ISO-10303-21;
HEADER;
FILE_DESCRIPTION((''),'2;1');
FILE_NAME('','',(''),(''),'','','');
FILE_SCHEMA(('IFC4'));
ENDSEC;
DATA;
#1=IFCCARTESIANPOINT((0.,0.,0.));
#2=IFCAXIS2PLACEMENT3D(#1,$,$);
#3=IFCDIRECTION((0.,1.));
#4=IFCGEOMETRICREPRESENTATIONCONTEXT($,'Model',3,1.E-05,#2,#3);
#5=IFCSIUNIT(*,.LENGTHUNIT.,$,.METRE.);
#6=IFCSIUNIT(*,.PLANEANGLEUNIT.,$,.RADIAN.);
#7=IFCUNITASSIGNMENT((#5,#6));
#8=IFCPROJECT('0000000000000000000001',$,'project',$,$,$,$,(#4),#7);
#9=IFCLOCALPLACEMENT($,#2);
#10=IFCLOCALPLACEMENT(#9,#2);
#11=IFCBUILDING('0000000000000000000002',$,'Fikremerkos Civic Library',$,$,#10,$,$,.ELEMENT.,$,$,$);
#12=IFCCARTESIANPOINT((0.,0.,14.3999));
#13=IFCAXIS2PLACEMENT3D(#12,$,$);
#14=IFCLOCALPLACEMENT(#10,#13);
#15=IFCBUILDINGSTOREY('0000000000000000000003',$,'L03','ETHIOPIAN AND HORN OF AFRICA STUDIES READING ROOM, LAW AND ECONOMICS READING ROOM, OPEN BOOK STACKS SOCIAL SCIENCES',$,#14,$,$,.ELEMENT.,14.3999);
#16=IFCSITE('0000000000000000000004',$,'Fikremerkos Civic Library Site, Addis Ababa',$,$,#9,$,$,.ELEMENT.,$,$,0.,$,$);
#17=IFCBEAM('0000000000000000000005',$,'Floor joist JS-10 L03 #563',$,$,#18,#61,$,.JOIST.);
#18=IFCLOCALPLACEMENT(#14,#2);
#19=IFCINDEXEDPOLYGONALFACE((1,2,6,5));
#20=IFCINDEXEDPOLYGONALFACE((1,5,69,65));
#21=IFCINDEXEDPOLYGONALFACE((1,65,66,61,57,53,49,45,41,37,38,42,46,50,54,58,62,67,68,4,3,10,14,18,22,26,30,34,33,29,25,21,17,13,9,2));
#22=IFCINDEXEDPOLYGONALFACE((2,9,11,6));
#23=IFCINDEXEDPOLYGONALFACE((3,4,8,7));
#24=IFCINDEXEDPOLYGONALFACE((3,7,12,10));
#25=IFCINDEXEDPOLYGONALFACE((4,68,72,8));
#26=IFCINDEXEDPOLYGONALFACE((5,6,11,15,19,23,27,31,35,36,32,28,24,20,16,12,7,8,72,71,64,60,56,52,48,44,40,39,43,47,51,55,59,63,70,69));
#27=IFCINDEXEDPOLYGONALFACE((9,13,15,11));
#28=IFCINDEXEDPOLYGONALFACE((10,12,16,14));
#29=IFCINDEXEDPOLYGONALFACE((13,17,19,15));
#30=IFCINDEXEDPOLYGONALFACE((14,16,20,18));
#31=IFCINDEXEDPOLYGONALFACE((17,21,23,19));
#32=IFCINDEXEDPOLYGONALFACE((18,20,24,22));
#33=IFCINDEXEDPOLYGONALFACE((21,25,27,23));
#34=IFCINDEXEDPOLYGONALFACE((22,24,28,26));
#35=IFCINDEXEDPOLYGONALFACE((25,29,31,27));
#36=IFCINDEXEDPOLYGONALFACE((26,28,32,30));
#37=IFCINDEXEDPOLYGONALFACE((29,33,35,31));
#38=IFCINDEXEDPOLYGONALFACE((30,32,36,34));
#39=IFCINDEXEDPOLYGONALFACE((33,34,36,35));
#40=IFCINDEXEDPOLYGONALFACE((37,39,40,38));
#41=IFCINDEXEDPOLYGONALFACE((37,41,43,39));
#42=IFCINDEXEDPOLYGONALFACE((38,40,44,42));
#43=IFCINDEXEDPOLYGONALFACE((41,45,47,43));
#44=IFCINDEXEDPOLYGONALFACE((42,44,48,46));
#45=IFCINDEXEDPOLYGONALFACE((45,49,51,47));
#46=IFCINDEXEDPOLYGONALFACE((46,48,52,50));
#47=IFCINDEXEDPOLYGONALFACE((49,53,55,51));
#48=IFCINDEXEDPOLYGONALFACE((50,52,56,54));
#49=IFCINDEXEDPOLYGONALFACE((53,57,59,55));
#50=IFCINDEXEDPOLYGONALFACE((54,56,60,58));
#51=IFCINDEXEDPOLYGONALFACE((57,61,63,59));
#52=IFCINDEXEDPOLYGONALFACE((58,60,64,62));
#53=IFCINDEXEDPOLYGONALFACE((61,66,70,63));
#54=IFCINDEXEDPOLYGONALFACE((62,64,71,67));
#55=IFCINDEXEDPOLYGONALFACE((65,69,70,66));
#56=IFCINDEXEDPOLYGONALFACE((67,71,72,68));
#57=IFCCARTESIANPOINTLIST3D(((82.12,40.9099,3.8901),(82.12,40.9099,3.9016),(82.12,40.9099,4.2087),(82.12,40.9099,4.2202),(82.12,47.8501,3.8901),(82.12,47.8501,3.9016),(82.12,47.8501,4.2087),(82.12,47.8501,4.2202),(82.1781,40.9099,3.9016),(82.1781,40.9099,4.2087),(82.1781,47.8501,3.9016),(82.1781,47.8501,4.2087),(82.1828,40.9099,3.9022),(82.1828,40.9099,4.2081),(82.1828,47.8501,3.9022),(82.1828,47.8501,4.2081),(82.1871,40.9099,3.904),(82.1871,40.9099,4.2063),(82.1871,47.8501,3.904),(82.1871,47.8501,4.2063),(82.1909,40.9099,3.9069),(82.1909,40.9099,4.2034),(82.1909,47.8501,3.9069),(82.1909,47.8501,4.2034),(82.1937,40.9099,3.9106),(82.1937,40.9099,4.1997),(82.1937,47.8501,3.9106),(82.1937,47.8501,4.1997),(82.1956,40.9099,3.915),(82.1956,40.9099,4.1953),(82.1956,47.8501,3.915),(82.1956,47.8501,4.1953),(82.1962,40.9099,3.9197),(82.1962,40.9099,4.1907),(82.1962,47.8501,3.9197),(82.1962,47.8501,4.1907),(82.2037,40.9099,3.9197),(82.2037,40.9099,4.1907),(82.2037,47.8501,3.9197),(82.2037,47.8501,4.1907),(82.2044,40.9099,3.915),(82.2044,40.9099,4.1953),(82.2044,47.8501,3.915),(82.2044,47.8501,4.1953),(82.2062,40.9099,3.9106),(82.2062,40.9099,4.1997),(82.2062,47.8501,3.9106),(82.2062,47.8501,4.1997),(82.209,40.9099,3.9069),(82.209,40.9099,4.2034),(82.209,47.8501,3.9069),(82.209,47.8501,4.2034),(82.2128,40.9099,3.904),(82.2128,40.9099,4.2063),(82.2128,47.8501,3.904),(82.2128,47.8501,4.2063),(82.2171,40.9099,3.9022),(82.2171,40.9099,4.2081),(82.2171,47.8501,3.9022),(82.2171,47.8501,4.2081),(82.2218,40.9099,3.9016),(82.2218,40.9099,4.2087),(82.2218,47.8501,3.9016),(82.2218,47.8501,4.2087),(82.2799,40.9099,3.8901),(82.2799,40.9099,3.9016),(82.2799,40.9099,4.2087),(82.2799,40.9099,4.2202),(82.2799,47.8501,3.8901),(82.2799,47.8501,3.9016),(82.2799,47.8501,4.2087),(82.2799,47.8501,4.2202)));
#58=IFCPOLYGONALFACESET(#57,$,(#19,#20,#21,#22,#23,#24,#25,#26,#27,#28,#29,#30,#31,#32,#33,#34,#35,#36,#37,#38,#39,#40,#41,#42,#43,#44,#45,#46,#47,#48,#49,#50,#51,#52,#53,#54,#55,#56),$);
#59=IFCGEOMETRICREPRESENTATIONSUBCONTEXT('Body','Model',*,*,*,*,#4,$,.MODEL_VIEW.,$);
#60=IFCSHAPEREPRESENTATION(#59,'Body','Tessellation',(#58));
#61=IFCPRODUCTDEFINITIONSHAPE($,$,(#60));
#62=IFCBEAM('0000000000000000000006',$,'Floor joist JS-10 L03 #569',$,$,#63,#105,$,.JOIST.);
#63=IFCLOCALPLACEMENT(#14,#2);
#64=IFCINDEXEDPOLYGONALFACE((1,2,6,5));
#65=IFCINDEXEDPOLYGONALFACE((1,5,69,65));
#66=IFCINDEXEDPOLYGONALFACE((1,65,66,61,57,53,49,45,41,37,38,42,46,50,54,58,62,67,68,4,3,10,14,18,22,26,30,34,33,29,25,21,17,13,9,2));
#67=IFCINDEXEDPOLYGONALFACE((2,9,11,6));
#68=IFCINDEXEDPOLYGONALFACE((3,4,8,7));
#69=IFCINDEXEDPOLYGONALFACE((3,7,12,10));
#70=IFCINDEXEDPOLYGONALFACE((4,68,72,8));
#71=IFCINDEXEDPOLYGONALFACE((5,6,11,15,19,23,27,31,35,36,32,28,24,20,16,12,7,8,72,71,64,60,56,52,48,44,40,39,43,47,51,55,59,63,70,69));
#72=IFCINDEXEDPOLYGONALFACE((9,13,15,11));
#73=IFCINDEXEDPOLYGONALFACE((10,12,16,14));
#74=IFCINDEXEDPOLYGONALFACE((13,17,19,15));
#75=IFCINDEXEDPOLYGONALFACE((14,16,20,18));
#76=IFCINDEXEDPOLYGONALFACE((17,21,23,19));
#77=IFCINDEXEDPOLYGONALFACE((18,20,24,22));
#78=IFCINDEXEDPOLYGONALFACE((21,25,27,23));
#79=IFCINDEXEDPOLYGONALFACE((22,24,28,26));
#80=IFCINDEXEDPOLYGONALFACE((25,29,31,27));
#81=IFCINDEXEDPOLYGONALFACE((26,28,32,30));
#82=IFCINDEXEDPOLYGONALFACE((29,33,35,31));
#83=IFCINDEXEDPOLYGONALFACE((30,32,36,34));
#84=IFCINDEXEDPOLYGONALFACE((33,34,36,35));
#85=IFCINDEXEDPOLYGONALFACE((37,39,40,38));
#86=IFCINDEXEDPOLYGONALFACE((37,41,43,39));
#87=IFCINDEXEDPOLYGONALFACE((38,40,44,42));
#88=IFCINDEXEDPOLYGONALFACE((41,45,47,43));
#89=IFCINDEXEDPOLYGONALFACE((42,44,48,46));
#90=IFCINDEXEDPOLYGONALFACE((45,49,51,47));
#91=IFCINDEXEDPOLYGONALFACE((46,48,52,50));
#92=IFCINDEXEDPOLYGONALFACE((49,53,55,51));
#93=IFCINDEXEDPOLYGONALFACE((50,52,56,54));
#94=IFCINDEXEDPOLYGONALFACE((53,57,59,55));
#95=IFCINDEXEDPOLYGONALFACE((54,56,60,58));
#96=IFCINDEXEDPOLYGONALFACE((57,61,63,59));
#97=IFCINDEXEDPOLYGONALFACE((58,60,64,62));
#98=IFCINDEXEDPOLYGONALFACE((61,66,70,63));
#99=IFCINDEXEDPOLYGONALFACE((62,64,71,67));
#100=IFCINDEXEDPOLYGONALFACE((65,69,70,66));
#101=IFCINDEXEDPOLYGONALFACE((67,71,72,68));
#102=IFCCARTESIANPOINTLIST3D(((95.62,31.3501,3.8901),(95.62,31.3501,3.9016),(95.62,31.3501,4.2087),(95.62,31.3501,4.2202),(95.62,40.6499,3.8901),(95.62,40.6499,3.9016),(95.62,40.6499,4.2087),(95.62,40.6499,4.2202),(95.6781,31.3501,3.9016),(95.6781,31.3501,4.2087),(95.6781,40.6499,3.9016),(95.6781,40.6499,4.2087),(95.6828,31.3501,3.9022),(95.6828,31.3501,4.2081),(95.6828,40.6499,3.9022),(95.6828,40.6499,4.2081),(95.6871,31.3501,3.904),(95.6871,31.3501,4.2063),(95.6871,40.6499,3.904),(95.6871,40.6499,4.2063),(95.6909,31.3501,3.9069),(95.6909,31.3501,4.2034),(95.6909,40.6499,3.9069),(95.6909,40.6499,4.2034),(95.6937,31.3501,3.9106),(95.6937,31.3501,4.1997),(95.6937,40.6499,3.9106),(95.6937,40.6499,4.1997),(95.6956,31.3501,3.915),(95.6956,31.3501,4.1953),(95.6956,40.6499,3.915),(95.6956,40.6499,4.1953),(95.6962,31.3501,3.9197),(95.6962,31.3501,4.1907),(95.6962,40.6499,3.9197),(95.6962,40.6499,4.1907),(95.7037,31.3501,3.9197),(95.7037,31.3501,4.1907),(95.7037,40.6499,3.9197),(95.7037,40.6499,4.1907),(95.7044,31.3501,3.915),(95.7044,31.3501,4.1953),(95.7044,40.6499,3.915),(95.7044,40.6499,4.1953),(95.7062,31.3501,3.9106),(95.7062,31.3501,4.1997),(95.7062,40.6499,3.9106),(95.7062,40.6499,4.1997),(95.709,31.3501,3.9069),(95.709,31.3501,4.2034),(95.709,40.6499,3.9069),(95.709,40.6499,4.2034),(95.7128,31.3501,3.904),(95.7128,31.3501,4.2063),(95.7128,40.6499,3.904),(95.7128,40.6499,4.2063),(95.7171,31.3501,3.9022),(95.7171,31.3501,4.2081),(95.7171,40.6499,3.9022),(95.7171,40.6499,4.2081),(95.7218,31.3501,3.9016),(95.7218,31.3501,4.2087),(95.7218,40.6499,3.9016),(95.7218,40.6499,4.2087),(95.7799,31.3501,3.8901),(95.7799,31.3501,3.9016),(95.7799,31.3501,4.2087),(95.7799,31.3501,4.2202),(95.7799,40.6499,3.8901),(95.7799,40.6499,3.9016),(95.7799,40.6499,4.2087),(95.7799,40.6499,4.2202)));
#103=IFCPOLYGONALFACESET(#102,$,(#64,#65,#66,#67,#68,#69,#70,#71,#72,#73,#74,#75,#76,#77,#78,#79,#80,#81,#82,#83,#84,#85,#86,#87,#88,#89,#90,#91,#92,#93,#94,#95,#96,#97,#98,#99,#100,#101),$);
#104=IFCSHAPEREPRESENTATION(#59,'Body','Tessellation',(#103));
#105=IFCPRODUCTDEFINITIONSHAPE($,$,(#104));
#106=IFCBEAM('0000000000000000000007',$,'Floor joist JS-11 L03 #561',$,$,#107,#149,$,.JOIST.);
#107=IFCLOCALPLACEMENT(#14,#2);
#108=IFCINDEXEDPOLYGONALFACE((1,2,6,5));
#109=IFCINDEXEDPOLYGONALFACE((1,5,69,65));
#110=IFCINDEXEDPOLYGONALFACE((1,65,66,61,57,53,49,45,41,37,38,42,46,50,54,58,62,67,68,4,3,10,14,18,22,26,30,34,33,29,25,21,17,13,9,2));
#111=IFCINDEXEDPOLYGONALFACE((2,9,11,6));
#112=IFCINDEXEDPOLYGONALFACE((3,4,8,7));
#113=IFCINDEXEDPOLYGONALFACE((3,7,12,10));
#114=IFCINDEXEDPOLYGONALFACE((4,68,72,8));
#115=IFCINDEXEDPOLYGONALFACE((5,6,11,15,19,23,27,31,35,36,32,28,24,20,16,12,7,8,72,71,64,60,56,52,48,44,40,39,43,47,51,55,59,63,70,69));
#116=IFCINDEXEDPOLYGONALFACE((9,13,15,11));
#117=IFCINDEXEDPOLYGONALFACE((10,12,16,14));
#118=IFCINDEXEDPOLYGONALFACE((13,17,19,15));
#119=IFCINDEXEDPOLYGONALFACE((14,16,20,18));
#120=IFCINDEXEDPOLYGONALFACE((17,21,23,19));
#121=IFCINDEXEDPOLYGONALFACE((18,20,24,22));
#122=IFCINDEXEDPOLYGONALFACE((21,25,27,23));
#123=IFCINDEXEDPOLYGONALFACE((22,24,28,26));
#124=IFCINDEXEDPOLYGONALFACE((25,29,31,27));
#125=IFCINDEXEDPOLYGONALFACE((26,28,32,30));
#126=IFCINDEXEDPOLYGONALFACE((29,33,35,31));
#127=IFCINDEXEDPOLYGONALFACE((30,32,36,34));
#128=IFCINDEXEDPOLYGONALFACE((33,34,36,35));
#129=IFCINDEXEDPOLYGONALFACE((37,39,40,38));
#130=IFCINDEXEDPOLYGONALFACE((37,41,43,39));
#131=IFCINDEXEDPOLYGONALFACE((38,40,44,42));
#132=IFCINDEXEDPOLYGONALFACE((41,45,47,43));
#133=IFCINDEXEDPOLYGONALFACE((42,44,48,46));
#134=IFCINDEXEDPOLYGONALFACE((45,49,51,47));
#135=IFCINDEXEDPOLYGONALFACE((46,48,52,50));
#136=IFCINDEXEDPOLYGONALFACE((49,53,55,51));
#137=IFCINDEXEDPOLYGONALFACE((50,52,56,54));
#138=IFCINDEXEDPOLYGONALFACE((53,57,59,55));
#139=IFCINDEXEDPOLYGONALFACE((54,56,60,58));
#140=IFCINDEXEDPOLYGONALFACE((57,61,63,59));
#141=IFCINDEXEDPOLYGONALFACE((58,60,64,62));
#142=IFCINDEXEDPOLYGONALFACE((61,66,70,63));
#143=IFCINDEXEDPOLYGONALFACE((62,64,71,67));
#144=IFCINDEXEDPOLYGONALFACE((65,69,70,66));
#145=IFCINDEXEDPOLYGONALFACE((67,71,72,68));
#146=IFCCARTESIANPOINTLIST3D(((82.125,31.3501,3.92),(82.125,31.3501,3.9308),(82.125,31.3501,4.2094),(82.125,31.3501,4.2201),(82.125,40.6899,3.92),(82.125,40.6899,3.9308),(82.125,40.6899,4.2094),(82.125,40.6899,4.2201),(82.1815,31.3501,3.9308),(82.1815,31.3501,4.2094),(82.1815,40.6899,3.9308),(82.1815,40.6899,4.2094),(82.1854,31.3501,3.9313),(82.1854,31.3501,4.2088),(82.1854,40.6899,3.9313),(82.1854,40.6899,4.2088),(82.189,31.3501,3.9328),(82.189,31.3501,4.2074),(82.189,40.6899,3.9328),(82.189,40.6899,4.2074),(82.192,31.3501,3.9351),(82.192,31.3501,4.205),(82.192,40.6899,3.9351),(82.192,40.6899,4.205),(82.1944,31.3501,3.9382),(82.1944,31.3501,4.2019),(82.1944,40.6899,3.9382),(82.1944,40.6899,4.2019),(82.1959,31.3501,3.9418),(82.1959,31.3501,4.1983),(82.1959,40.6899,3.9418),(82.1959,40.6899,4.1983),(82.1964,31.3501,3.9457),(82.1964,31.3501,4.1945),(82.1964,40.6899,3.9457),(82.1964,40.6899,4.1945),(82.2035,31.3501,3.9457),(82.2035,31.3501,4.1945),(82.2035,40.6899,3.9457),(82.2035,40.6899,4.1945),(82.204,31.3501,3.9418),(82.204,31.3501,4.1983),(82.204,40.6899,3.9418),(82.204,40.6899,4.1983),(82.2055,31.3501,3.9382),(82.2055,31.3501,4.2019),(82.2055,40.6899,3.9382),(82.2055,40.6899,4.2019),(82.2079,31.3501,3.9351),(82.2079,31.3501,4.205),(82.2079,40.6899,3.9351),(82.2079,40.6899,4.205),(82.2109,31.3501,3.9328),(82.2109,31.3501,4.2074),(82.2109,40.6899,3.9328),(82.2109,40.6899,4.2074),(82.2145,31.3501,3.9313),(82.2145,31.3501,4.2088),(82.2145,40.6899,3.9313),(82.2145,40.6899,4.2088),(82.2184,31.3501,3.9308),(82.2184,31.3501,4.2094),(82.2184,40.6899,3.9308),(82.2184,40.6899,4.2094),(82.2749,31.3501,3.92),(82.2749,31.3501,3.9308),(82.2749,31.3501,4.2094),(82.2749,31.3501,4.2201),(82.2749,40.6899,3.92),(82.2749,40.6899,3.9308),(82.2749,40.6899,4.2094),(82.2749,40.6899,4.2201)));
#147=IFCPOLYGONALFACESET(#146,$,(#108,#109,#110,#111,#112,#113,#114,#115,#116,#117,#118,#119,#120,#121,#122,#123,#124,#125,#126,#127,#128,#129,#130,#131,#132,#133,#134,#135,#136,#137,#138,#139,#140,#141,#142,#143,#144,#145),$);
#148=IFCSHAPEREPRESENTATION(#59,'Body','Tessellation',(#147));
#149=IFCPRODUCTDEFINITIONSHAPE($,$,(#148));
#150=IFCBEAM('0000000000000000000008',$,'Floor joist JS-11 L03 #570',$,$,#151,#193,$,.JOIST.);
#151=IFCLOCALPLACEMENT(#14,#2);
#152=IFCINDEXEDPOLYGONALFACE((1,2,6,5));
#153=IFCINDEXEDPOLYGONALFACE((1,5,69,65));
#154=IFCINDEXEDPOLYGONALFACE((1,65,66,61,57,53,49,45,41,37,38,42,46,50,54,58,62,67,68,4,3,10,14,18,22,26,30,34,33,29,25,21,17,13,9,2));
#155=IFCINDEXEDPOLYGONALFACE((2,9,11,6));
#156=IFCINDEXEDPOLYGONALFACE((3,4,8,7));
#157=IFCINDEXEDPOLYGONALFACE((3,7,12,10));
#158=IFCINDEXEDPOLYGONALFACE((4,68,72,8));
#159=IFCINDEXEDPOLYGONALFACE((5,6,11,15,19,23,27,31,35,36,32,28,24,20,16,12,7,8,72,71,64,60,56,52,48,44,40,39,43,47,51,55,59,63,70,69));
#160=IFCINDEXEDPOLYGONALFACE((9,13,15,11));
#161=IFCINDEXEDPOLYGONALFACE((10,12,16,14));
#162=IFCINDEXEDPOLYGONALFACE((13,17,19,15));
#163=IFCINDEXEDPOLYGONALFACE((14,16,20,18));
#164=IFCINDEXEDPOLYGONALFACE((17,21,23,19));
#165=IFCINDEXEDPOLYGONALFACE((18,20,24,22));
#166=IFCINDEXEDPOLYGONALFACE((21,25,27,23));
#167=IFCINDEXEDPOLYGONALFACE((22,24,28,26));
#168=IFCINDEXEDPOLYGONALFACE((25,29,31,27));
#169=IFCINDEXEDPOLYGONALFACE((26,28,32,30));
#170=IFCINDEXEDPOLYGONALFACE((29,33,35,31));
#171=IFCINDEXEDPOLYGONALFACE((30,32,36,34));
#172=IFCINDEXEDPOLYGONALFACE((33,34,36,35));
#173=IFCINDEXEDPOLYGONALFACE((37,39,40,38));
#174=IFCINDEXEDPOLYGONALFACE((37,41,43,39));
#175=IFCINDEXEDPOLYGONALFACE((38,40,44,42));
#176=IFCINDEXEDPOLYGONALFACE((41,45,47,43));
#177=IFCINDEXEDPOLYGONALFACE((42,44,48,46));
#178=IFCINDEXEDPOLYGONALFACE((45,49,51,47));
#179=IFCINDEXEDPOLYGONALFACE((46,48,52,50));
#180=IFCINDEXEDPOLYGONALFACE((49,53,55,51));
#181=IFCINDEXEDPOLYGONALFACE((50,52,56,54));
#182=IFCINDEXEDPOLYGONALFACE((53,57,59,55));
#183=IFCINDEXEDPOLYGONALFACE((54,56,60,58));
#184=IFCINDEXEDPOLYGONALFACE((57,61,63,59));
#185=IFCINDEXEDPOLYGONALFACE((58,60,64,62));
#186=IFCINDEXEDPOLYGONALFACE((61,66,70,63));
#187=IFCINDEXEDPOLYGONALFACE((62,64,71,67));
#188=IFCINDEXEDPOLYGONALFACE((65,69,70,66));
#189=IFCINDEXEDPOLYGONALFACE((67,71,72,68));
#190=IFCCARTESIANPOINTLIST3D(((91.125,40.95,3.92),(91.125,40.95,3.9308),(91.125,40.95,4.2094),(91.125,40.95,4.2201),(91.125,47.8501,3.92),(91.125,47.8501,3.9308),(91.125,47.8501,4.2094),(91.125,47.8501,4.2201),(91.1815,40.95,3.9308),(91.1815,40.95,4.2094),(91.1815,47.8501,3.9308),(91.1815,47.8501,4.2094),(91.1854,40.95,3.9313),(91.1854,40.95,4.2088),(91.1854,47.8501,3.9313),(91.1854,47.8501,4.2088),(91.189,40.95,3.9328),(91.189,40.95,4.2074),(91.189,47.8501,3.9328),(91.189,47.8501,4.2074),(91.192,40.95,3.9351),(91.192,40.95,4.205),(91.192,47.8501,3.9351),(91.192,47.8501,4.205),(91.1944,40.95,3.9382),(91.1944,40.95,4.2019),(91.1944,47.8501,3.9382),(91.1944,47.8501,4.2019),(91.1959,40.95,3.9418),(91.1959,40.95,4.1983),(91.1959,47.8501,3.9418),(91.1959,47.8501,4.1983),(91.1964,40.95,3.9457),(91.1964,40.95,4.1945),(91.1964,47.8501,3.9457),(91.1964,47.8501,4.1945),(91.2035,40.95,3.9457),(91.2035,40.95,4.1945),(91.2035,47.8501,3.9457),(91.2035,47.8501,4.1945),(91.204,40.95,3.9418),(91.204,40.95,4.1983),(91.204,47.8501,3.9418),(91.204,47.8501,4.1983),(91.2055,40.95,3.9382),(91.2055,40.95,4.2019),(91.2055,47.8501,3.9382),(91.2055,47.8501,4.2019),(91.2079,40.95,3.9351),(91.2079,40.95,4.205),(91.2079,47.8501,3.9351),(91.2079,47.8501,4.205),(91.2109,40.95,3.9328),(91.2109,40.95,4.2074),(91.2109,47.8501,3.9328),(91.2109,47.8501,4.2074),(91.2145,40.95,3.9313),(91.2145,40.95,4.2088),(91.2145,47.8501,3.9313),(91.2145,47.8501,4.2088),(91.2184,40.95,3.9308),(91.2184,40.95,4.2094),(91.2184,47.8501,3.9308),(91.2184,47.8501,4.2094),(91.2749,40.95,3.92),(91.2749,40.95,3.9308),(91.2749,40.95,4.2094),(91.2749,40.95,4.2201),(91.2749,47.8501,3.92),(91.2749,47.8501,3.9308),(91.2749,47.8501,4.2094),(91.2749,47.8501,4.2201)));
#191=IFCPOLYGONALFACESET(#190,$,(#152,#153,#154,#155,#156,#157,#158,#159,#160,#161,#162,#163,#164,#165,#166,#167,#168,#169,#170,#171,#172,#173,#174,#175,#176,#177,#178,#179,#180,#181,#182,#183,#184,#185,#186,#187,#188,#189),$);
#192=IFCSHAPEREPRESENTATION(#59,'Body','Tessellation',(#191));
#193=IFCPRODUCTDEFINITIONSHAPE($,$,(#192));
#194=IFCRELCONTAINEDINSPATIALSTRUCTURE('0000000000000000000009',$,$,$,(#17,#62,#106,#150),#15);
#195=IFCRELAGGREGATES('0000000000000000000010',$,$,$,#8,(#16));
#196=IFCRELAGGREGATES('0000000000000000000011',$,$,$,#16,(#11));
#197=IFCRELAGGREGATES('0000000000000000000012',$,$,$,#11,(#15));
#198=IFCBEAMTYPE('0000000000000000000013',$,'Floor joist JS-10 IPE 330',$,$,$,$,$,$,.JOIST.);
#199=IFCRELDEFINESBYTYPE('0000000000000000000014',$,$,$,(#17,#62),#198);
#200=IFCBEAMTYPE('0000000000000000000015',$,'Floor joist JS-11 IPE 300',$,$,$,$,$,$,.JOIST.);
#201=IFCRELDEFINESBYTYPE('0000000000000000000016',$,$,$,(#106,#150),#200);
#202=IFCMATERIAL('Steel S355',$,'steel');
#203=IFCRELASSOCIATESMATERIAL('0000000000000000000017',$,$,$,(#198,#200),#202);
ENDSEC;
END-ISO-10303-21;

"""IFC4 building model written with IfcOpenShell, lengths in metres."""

from ifc_helpers import new_model, si_unit, direction, frame, origin, origin_2d, place, context, subcontext, project, spatial, i_section, extrude, material, material_profile, profile_set, type_object, element, save


model = new_model("IFC4")

# Units and contexts
model_context = context("Model", 3, precision=1e-05, world=origin(), true_north=direction((0.0, 1.0)))
body_context = subcontext(model_context, "Body", "Model", "MODEL_VIEW")
ifc_project = project(units=[si_unit("LENGTHUNIT", "METRE"), si_unit("PLANEANGLEUNIT", "RADIAN")], contexts=[model_context])

# Site, building, storey
site_placement = place(None, origin())
site = spatial("IfcSite", under=ifc_project, at=site_placement, Name="Fikremerkos Civic Library Site, Addis Ababa", CompositionType="ELEMENT", RefElevation=0.0)
building_placement = place(site_placement, origin())
building = spatial("IfcBuilding", under=site, at=building_placement, Name="Fikremerkos Civic Library", CompositionType="ELEMENT")
storey_placement = place(building_placement, frame((0.0, 0.0, 14.3999)))
storey = spatial("IfcBuildingStorey", under=building, at=storey_placement, Name="L03", Description="ETHIOPIAN AND HORN OF AFRICA STUDIES READING ROOM, LAW AND ECONOMICS READING ROOM, OPEN BOOK STACKS SOCIAL SCIENCES", CompositionType="ELEMENT", Elevation=14.3999)

# Shared definitions
ifc_material_1 = material(Name="Steel S355", Category="steel")

# Beams
ifc_material_profile_1 = material_profile(ifc_material_1, i_section(OverallWidth=0.1599, OverallDepth=0.3301, WebThickness=0.0076, FlangeThickness=0.0115, FilletRadius=0.0181, at=origin_2d()), Name="IPE 330")
ifc_profile_set_1 = profile_set([ifc_material_profile_1], Name="Steel S355")
beam_type_1 = type_object("IfcBeamType", Name="Floor joist JS-10 IPE 330", PredefinedType="JOIST", material=ifc_profile_set_1)
beam_1_placement = place(storey_placement, frame((82.2, 40.9099, 4.0552), z_axis=(0.0, 1.0, 0.0), x_axis=(-1.0, 0.0, 0.0)))
element("IfcBeam", 1, at=beam_1_placement, inside=storey, type_object=beam_type_1, Name="Floor joist JS-10 L03 #563", PredefinedType="JOIST", context=body_context, shape_type="SweptSolid", body=[
    extrude(i_section(OverallWidth=0.1599, OverallDepth=0.3301, WebThickness=0.0076, FlangeThickness=0.0115, FilletRadius=0.0181, at=origin_2d()), origin(), (0.0, 0.0, 1.0), 6.9402),
])
beam_2_placement = place(storey_placement, frame((95.7, 31.3501, 4.0552), z_axis=(0.0, 1.0, 0.0), x_axis=(-1.0, 0.0, 0.0)))
element("IfcBeam", 2, at=beam_2_placement, inside=storey, type_object=beam_type_1, Name="Floor joist JS-10 L03 #569", PredefinedType="JOIST", context=body_context, shape_type="SweptSolid", body=[
    extrude(i_section(OverallWidth=0.1599, OverallDepth=0.3301, WebThickness=0.0076, FlangeThickness=0.0115, FilletRadius=0.0181, at=origin_2d()), origin(), (0.0, 0.0, 1.0), 9.2998),
])
ifc_material_profile_2 = material_profile(ifc_material_1, i_section(OverallWidth=0.1499, OverallDepth=0.3, WebThickness=0.0071, FlangeThickness=0.0107, FilletRadius=0.0149, at=origin_2d()), Name="IPE 300")
ifc_profile_set_2 = profile_set([ifc_material_profile_2], Name="Steel S355")
beam_type_2 = type_object("IfcBeamType", Name="Floor joist JS-11 IPE 300", PredefinedType="JOIST", material=ifc_profile_set_2)
beam_3_placement = place(storey_placement, frame((82.2, 31.3501, 4.0701), z_axis=(0.0, 1.0, 0.0), x_axis=(-1.0, 0.0, 0.0)))
element("IfcBeam", 3, at=beam_3_placement, inside=storey, type_object=beam_type_2, Name="Floor joist JS-11 L03 #561", PredefinedType="JOIST", context=body_context, shape_type="SweptSolid", body=[
    extrude(i_section(OverallWidth=0.1499, OverallDepth=0.3, WebThickness=0.0071, FlangeThickness=0.0107, FilletRadius=0.0149, at=origin_2d()), origin(), (0.0, 0.0, 1.0), 9.3398),
])
beam_4_placement = place(storey_placement, frame((91.2, 40.95, 4.0701), z_axis=(0.0, 1.0, 0.0), x_axis=(-1.0, 0.0, 0.0)))
element("IfcBeam", 4, at=beam_4_placement, inside=storey, type_object=beam_type_2, Name="Floor joist JS-11 L03 #570", PredefinedType="JOIST", context=body_context, shape_type="SweptSolid", body=[
    extrude(i_section(OverallWidth=0.1499, OverallDepth=0.3, WebThickness=0.0071, FlangeThickness=0.0107, FilletRadius=0.0149, at=origin_2d()), origin(), (0.0, 0.0, 1.0), 6.9001),
])

save(model, "model.ifc")
